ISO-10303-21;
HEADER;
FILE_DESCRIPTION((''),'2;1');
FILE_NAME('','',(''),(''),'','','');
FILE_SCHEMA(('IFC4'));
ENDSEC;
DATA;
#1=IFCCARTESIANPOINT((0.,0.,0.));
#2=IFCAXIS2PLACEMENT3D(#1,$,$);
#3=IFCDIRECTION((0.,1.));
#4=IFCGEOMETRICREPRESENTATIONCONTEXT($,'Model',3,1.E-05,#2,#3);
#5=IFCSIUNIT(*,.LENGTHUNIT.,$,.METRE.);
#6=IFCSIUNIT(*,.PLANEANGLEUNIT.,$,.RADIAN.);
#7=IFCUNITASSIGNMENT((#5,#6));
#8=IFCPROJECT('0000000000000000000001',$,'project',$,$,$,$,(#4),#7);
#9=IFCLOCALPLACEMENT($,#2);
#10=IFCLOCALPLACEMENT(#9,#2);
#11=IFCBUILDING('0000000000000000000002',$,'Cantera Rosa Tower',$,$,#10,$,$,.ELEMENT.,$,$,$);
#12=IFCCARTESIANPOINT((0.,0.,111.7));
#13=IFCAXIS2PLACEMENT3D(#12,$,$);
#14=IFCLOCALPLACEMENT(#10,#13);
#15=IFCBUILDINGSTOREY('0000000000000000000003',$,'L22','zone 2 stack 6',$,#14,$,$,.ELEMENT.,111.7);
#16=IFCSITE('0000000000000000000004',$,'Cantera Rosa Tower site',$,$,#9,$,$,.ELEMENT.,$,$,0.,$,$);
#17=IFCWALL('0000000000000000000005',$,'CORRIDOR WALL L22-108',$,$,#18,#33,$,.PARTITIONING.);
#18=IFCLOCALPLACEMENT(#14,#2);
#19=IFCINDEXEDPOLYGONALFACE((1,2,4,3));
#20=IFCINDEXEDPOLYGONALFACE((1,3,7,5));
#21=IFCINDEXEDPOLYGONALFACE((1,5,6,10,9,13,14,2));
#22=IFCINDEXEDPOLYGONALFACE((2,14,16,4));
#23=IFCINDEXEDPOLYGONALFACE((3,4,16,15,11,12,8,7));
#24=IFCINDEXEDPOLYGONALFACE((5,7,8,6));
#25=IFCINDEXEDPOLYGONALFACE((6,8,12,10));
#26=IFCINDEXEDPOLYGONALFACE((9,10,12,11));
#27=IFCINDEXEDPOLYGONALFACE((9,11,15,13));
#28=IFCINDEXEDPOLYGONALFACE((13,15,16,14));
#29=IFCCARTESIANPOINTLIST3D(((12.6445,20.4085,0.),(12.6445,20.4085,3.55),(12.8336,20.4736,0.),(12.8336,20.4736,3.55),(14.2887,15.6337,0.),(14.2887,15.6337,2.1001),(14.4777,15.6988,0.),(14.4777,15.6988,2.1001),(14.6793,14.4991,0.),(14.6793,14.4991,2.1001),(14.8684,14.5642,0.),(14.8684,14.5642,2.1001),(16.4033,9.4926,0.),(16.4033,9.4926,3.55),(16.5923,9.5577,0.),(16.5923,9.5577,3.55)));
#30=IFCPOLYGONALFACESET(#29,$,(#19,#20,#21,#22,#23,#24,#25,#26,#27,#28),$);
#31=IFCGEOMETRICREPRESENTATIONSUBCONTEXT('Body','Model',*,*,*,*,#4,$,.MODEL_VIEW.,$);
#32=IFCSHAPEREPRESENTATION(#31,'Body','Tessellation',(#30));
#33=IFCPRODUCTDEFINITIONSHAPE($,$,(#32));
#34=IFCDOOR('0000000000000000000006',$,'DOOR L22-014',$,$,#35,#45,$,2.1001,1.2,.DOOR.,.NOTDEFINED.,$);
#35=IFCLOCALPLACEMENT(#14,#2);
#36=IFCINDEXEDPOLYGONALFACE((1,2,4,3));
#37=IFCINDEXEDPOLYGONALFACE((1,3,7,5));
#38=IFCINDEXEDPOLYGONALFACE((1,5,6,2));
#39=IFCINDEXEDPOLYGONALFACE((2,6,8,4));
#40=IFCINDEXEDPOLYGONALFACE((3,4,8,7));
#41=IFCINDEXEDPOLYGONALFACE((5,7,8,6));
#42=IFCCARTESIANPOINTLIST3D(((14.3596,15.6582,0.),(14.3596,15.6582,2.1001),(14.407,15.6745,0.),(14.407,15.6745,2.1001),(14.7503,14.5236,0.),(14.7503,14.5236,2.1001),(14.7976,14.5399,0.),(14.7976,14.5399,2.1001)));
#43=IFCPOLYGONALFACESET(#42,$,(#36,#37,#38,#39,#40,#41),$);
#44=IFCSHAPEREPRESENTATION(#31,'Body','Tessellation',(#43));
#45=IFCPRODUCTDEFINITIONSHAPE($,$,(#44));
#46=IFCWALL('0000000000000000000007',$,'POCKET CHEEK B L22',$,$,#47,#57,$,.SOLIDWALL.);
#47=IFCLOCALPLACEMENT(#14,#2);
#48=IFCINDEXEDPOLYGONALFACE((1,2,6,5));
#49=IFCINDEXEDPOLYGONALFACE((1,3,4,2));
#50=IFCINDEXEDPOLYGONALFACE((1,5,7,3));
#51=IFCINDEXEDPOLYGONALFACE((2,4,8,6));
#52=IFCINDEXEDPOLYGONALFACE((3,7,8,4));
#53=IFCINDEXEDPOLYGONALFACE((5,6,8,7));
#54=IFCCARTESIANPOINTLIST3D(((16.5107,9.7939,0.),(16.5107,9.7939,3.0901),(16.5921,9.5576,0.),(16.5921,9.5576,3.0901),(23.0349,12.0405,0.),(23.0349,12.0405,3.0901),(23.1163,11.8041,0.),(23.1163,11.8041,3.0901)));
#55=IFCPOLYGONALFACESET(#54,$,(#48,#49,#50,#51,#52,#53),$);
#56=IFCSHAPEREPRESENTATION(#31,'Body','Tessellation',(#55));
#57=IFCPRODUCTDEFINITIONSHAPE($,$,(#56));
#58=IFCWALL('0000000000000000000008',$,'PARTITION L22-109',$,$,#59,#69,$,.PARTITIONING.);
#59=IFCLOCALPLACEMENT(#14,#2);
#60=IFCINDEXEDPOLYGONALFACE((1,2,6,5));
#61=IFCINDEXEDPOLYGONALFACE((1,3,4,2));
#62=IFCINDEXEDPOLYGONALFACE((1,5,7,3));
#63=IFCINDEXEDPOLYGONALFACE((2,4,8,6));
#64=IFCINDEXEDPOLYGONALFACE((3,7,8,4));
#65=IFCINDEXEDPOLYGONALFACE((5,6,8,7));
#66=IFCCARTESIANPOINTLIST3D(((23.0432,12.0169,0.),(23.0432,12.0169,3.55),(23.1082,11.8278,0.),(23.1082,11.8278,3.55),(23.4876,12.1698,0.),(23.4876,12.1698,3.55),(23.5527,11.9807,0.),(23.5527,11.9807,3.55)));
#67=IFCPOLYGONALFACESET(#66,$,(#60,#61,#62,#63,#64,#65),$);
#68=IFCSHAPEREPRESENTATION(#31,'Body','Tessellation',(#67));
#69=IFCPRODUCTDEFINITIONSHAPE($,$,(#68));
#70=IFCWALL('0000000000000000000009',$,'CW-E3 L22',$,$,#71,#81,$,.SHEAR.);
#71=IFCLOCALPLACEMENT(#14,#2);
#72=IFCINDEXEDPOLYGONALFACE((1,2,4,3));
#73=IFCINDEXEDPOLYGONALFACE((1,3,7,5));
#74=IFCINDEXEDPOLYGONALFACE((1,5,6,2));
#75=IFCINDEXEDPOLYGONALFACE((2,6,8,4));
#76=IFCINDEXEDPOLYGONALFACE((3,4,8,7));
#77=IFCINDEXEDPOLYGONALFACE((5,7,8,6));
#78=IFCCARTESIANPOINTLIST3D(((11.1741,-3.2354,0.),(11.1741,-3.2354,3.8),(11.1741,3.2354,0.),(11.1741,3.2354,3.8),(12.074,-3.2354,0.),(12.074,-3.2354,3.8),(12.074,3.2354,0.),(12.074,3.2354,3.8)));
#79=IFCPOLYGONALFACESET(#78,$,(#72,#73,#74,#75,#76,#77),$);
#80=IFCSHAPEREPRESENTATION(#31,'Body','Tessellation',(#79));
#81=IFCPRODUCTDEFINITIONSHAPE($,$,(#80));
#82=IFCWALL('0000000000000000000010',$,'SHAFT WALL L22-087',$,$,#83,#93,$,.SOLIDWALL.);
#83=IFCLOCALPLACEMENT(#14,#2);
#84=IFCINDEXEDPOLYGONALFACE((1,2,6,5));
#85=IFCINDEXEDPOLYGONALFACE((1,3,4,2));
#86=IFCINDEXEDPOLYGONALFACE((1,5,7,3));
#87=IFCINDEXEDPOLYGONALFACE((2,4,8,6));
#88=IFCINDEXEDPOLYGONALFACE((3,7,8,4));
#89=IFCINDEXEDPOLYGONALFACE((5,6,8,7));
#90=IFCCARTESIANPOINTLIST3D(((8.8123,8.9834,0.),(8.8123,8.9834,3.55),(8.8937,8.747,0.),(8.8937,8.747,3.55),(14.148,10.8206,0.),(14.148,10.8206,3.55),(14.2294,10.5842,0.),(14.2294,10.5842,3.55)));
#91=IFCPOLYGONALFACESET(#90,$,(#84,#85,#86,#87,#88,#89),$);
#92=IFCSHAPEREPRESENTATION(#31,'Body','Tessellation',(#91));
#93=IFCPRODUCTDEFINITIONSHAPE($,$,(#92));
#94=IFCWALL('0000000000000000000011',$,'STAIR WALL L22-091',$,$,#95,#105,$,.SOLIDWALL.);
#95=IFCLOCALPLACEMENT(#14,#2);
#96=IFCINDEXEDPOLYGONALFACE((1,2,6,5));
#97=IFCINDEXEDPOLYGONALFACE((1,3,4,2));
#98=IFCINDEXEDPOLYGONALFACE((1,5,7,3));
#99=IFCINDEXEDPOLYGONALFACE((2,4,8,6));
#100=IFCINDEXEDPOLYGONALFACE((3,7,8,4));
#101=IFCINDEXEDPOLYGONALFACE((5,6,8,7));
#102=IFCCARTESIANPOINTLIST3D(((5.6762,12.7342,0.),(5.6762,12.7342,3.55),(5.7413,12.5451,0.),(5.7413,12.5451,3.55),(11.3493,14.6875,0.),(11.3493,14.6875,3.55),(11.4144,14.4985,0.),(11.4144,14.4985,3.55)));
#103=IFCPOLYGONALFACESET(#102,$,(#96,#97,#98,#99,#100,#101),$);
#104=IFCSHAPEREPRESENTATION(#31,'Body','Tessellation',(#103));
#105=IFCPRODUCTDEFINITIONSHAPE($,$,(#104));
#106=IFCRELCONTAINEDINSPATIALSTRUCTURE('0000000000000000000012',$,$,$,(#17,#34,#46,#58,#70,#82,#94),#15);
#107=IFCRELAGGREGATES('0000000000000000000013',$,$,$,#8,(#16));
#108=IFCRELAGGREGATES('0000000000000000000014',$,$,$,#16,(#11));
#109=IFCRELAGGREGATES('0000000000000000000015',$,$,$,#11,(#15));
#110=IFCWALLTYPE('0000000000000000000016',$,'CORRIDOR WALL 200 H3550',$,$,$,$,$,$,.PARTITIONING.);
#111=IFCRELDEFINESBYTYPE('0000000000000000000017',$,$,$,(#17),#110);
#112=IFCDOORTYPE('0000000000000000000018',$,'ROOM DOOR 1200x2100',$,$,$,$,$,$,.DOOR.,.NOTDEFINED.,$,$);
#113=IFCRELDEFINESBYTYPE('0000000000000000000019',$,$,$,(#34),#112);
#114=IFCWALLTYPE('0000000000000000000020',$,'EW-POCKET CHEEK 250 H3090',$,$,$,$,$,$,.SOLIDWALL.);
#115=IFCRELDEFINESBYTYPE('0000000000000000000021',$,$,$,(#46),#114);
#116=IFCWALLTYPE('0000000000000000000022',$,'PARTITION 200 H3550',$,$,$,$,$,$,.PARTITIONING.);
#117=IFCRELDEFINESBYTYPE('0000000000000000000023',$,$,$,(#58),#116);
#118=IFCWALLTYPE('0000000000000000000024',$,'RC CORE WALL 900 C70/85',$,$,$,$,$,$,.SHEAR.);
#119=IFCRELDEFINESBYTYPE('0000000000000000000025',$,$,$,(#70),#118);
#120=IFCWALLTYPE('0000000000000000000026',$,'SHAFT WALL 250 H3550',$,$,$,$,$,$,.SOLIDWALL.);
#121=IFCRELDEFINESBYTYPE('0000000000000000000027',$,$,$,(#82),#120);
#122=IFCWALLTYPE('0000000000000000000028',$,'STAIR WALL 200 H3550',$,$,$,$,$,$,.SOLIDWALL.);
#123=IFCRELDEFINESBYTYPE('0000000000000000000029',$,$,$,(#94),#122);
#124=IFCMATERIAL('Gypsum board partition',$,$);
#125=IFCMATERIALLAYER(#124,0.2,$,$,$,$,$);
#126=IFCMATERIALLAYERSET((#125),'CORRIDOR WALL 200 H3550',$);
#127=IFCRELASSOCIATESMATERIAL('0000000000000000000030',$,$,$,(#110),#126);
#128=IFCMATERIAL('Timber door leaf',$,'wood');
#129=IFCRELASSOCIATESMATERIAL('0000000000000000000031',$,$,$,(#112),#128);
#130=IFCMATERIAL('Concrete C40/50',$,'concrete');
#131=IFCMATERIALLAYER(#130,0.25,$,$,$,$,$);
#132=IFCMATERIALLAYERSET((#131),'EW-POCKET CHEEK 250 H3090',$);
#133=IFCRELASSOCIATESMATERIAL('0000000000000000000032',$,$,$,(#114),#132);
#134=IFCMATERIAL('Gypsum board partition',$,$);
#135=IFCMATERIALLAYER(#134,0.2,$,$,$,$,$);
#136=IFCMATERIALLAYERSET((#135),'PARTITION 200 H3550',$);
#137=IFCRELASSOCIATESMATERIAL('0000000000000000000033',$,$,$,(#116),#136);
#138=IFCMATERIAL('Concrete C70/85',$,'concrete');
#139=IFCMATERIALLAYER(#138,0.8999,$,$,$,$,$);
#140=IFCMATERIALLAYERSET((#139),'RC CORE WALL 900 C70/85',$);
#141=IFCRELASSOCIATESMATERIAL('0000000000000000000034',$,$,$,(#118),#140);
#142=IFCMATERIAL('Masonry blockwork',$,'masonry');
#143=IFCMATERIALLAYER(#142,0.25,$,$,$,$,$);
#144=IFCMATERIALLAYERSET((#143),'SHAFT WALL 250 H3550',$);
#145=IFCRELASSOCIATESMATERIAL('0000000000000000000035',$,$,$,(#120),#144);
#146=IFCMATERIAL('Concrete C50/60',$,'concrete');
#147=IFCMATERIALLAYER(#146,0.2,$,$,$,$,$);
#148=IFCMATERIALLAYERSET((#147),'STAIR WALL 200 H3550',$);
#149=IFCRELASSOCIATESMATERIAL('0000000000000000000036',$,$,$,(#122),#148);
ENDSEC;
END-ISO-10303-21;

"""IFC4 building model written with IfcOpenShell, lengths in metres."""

from ifc_helpers import new_model, si_unit, direction, frame, frame_2d, origin, place, context, subcontext, project, spatial, rectangle, extrude, material, layer, layer_set, type_object, element, fill, save


model = new_model("IFC4")

# Units and contexts
model_context = context("Model", 3, precision=1e-05, world=origin(), true_north=direction((0.0, 1.0)))
body_context = subcontext(model_context, "Body", "Model", "MODEL_VIEW")
ifc_project = project(units=[si_unit("LENGTHUNIT", "METRE"), si_unit("PLANEANGLEUNIT", "RADIAN")], contexts=[model_context])

# Site, building, storey
site_placement = place(None, origin())
site = spatial("IfcSite", under=ifc_project, at=site_placement, Name="Cantera Rosa Tower site", CompositionType="ELEMENT", RefElevation=0.0)
building_placement = place(site_placement, origin())
building = spatial("IfcBuilding", under=site, at=building_placement, Name="Cantera Rosa Tower", CompositionType="ELEMENT")
storey_placement = place(building_placement, frame((0.0, 0.0, 111.7)))
storey = spatial("IfcBuildingStorey", under=building, at=storey_placement, Name="L22", Description="zone 2 stack 6", CompositionType="ELEMENT", Elevation=111.7)

# Shared definitions
ifc_material_1 = material(Name="Gypsum board partition")
ifc_layer_1 = layer(ifc_material_1, 0.2)
ifc_layer_set_1 = layer_set([ifc_layer_1], Name="CORRIDOR WALL 200 H3550")
wall_type_1 = type_object("IfcWallType", Name="CORRIDOR WALL 200 H3550", PredefinedType="PARTITIONING", material=ifc_layer_set_1)

# Wall, opening, door
wall_1_placement = place(storey_placement, frame((16.4978, 9.5251, 0.0), z_axis=(0.0, 0.0, 1.0), x_axis=(-0.325576, 0.945516, 0.0)))
wall_1 = element("IfcWall", 1, at=wall_1_placement, inside=storey, type_object=wall_type_1, Name="CORRIDOR WALL L22-108", PredefinedType="PARTITIONING", context=body_context, shape_type="SweptSolid", body=[
    extrude(rectangle(XDim=11.5449, YDim=0.2, at=frame_2d((5.7725, 0.0))), origin(), (0.0, 0.0, 1.0), 3.55),
])
opening_1_placement = place(wall_1_placement, frame((5.2949, 0.0, 0.0)))
opening_1 = element("IfcOpeningElement", 2, at=opening_1_placement, cuts=wall_1, PredefinedType="OPENING", context=body_context, shape_type="SweptSolid", body=[
    extrude(rectangle(XDim=1.2, YDim=2.1001, at=frame_2d((0.6001, 1.05))), frame((0.0, 0.1099, 0.0), z_axis=(0.0, -1.0, 0.0), x_axis=(1.0, 0.0, 0.0)), (0.0, 0.0, 1.0), 0.22),
])
ifc_material_2 = material(Name="Timber door leaf", Category="wood")
door_type_1 = type_object("IfcDoorType", Name="ROOM DOOR 1200x2100", OperationType="NOTDEFINED", PredefinedType="DOOR", material=ifc_material_2)
door_1_placement = place(opening_1_placement, origin())
door_1 = element("IfcDoor", 3, at=door_1_placement, inside=storey, type_object=door_type_1, Name="DOOR L22-014", OperationType="NOTDEFINED", OverallHeight=2.1001, OverallWidth=1.2, PredefinedType="DOOR", context=body_context, shape_type="SweptSolid", body=[
    extrude(rectangle(XDim=1.2, YDim=2.1001, at=frame_2d((0.6001, 1.05))), frame((0.0, 0.0249, 0.0), z_axis=(0.0, -1.0, 0.0), x_axis=(1.0, 0.0, 0.0)), (0.0, 0.0, 1.0), 0.05),
])
fill(opening_1, door_1)

# Walls
ifc_material_3 = material(Name="Concrete C40/50", Category="concrete")
ifc_layer_2 = layer(ifc_material_3, 0.25)
ifc_layer_set_2 = layer_set([ifc_layer_2], Name="EW-POCKET CHEEK 250 H3090")
wall_type_2 = type_object("IfcWallType", Name="EW-POCKET CHEEK 250 H3090", PredefinedType="SOLIDWALL", material=ifc_layer_set_2)
wall_2_placement = place(storey_placement, frame((23.0757, 11.9224, 0.0), z_axis=(0.0, 0.0, 1.0), x_axis=(-0.945513, -0.325585, 0.0)))
element("IfcWall", 4, at=wall_2_placement, inside=storey, type_object=wall_type_2, Name="POCKET CHEEK B L22", PredefinedType="SOLIDWALL", context=body_context, shape_type="SweptSolid", body=[
    extrude(rectangle(XDim=6.9001, YDim=0.25, at=frame_2d((3.4502, 0.0))), origin(), (0.0, 0.0, 1.0), 3.0901),
])
ifc_material_4 = material(Name="Gypsum board partition")
ifc_layer_3 = layer(ifc_material_4, 0.2)
ifc_layer_set_3 = layer_set([ifc_layer_3], Name="PARTITION 200 H3550")
wall_type_3 = type_object("IfcWallType", Name="PARTITION 200 H3550", PredefinedType="PARTITIONING", material=ifc_layer_set_3)
wall_3_placement = place(storey_placement, frame((23.52, 12.0752, 0.0), z_axis=(0.0, 0.0, 1.0), x_axis=(-0.945627, -0.325254, 0.0)))
element("IfcWall", 5, at=wall_3_placement, inside=storey, type_object=wall_type_3, Name="PARTITION L22-109", PredefinedType="PARTITIONING", context=body_context, shape_type="SweptSolid", body=[
    extrude(rectangle(XDim=0.47, YDim=0.2, at=frame_2d((0.2349, 0.0))), origin(), (0.0, 0.0, 1.0), 3.55),
])
ifc_material_5 = material(Name="Concrete C70/85", Category="concrete")
ifc_layer_4 = layer(ifc_material_5, 0.8999)
ifc_layer_set_4 = layer_set([ifc_layer_4], Name="RC CORE WALL 900 C70/85")
wall_type_4 = type_object("IfcWallType", Name="RC CORE WALL 900 C70/85", PredefinedType="SHEAR", material=ifc_layer_set_4)
wall_4_placement = place(storey_placement, frame((11.624, 3.2354, 0.0), z_axis=(0.0, 0.0, 1.0), x_axis=(0.0, -1.0, 0.0)))
element("IfcWall", 6, at=wall_4_placement, inside=storey, type_object=wall_type_4, Name="CW-E3 L22", PredefinedType="SHEAR", context=body_context, shape_type="SweptSolid", body=[
    extrude(rectangle(XDim=6.4707, YDim=0.8999, at=frame_2d((3.2354, 0.0))), origin(), (0.0, 0.0, 1.0), 3.8),
])
ifc_material_6 = material(Name="Masonry blockwork", Category="masonry")
ifc_layer_5 = layer(ifc_material_6, 0.25)
ifc_layer_set_5 = layer_set([ifc_layer_5], Name="SHAFT WALL 250 H3550")
wall_type_5 = type_object("IfcWallType", Name="SHAFT WALL 250 H3550", PredefinedType="SOLIDWALL", material=ifc_layer_set_5)
wall_5_placement = place(storey_placement, frame((8.853, 8.8652, 0.0), z_axis=(0.0, 0.0, 1.0), x_axis=(0.945522, 0.325557, 0.0)))
element("IfcWall", 7, at=wall_5_placement, inside=storey, type_object=wall_type_5, Name="SHAFT WALL L22-087", PredefinedType="SOLIDWALL", context=body_context, shape_type="SweptSolid", body=[
    extrude(rectangle(XDim=5.6431, YDim=0.25, at=frame_2d((2.8215, 0.0))), origin(), (0.0, 0.0, 1.0), 3.55),
])
ifc_material_7 = material(Name="Concrete C50/60", Category="concrete")
ifc_layer_6 = layer(ifc_material_7, 0.2)
ifc_layer_set_6 = layer_set([ifc_layer_6], Name="STAIR WALL 200 H3550")
wall_type_6 = type_object("IfcWallType", Name="STAIR WALL 200 H3550", PredefinedType="SOLIDWALL", material=ifc_layer_set_6)
wall_6_placement = place(storey_placement, frame((11.3818, 14.593, 0.0), z_axis=(0.0, 0.0, 1.0), x_axis=(-0.94552, -0.325563, 0.0)))
element("IfcWall", 8, at=wall_6_placement, inside=storey, type_object=wall_type_6, Name="STAIR WALL L22-091", PredefinedType="SOLIDWALL", context=body_context, shape_type="SweptSolid", body=[
    extrude(rectangle(XDim=6.0, YDim=0.2, at=frame_2d((3.0, 0.0))), origin(), (0.0, 0.0, 1.0), 3.55),
])

save(model, "model.ifc")
